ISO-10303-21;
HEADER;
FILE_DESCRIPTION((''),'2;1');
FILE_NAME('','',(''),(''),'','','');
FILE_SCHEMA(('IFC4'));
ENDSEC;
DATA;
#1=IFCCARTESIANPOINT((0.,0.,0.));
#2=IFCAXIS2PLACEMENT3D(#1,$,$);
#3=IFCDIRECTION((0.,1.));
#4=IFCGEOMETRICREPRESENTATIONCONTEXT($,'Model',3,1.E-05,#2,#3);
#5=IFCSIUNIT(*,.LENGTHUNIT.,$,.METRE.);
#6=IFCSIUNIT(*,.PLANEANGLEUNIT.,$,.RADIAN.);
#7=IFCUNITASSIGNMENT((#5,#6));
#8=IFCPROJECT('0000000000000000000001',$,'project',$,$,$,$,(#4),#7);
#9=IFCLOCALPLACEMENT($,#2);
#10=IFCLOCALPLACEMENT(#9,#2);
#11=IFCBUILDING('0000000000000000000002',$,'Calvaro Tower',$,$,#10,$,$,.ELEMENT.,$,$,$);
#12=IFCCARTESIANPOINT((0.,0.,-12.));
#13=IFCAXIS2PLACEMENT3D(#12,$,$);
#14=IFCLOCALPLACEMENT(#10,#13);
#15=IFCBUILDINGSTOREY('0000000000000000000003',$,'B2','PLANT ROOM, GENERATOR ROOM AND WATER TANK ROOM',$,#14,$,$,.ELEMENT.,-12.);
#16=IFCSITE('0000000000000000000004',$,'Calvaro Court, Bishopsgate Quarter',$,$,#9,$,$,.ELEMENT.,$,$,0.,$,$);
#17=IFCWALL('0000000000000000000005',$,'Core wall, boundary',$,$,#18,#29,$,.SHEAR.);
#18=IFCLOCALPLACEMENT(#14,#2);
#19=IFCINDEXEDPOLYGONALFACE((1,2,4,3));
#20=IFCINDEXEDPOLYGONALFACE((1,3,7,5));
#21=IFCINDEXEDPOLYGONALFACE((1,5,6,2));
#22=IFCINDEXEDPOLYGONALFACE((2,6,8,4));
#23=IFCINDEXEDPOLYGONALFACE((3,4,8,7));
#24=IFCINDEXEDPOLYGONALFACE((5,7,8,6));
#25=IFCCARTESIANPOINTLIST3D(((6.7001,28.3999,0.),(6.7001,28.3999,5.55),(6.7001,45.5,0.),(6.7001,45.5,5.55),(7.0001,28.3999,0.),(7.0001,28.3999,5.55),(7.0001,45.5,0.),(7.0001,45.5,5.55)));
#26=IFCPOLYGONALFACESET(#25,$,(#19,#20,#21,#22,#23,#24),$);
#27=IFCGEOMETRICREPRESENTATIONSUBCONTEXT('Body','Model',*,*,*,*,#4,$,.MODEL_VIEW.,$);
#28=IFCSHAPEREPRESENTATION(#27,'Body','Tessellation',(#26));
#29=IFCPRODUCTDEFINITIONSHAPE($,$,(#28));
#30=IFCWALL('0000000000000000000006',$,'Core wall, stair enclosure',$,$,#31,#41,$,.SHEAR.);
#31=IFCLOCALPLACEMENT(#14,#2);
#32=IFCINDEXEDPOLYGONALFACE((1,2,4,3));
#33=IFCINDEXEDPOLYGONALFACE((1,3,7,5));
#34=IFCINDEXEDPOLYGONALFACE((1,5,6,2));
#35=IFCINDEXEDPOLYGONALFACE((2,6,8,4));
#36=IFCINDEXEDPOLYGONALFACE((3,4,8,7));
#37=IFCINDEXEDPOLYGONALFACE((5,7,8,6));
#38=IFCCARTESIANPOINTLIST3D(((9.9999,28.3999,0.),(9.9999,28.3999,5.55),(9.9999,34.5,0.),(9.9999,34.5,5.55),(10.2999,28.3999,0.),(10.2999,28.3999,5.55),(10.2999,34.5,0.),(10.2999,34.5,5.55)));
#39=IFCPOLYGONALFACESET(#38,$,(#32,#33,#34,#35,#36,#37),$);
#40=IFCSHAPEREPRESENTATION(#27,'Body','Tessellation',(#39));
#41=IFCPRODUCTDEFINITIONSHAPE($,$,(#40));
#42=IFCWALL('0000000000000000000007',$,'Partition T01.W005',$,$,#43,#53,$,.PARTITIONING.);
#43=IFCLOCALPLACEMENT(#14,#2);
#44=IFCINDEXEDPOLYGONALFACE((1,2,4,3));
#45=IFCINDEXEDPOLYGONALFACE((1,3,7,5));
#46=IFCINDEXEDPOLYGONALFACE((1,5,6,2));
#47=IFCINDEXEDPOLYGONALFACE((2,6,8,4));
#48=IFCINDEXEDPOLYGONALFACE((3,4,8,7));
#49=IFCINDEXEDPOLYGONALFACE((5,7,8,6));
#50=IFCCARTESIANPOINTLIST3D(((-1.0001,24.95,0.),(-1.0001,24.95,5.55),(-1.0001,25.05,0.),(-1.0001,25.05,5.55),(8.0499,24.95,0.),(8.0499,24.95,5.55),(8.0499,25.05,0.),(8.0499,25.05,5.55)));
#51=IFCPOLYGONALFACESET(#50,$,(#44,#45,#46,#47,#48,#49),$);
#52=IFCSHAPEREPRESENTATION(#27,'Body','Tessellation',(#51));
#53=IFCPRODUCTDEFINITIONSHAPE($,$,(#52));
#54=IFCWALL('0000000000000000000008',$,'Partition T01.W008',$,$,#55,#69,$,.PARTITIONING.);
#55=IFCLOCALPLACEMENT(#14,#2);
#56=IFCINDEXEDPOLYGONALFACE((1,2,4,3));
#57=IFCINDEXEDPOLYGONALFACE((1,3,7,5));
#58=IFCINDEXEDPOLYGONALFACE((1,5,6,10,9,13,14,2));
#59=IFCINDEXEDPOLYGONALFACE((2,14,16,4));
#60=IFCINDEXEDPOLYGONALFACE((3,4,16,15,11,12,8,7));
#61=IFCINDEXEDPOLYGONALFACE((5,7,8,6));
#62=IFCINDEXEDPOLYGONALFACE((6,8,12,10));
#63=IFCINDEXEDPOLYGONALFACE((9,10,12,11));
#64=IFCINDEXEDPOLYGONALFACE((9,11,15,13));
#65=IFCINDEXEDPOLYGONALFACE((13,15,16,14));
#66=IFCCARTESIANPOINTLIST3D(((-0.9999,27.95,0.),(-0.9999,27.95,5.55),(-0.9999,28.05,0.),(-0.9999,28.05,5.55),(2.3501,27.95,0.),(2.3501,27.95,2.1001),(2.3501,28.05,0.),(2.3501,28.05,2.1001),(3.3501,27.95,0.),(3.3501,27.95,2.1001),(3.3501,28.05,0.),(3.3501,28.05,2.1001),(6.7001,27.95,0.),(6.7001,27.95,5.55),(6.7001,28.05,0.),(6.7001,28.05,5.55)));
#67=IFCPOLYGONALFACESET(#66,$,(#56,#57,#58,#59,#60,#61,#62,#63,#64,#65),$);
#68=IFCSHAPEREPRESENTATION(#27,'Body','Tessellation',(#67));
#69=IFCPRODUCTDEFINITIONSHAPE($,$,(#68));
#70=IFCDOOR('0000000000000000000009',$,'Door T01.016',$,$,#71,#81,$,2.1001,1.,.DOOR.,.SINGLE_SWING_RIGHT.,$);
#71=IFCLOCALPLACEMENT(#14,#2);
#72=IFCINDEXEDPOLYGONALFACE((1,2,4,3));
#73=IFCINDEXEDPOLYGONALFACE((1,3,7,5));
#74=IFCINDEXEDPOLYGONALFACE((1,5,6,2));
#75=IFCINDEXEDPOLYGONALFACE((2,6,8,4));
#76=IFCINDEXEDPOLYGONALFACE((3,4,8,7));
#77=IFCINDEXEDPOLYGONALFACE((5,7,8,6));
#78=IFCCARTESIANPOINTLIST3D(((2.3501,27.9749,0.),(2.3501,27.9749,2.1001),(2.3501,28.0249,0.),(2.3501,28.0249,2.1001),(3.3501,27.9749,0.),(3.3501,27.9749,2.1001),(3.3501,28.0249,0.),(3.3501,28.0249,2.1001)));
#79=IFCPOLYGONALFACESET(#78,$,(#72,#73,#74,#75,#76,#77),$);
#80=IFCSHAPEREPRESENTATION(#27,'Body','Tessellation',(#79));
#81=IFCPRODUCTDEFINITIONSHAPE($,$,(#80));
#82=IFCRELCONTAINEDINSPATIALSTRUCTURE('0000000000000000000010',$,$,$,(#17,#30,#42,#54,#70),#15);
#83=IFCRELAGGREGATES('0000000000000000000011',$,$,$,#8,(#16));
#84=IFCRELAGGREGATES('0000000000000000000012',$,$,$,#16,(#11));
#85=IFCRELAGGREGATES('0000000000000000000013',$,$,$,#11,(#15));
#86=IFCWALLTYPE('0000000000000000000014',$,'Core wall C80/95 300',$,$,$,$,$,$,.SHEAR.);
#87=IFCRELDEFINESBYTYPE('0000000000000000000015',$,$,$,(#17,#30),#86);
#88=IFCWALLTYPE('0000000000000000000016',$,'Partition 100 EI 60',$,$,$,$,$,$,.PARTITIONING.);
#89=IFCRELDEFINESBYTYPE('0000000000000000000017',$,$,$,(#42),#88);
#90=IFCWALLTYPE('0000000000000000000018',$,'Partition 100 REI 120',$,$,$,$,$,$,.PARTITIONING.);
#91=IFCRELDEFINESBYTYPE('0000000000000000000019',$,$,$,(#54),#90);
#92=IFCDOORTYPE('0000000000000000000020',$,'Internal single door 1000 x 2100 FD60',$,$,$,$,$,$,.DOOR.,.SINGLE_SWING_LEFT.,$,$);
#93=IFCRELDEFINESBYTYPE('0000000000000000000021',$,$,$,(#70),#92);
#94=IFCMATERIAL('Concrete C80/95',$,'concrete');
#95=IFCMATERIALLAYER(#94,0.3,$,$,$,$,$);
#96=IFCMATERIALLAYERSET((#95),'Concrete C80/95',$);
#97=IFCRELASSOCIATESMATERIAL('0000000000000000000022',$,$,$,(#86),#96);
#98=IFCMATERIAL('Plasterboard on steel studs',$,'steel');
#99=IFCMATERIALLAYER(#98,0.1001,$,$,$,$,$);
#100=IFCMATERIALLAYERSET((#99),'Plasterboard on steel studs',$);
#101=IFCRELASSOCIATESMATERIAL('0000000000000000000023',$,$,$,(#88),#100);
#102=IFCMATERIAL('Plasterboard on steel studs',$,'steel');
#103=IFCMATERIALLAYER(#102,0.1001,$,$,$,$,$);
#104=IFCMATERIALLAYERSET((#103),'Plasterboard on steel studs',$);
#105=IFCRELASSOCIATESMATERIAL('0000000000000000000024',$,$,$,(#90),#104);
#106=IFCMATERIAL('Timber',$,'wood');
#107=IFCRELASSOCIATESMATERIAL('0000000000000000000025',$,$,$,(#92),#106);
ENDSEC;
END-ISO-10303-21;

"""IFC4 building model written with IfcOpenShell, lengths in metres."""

from ifc_helpers import new_model, si_unit, direction, frame, frame_2d, origin, place, context, subcontext, project, spatial, rectangle, extrude, material, layer, layer_set, type_object, element, fill, save


model = new_model("IFC4")

# Units and contexts
model_context = context("Model", 3, precision=1e-05, world=origin(), true_north=direction((0.0, 1.0)))
body_context = subcontext(model_context, "Body", "Model", "MODEL_VIEW")
ifc_project = project(units=[si_unit("LENGTHUNIT", "METRE"), si_unit("PLANEANGLEUNIT", "RADIAN")], contexts=[model_context])

# Site, building, storey
site_placement = place(None, origin())
site = spatial("IfcSite", under=ifc_project, at=site_placement, Name="Calvaro Court, Bishopsgate Quarter", CompositionType="ELEMENT", RefElevation=0.0)
building_placement = place(site_placement, origin())
building = spatial("IfcBuilding", under=site, at=building_placement, Name="Calvaro Tower", CompositionType="ELEMENT")
storey_placement = place(building_placement, frame((0.0, 0.0, -12.0)))
storey = spatial("IfcBuildingStorey", under=building, at=storey_placement, Name="B2", Description="PLANT ROOM, GENERATOR ROOM AND WATER TANK ROOM", CompositionType="ELEMENT", Elevation=-12.0)

# Walls
ifc_material_1 = material(Name="Concrete C80/95", Category="concrete")
ifc_layer_1 = layer(ifc_material_1, 0.3)
ifc_layer_set_1 = layer_set([ifc_layer_1], Name="Concrete C80/95")
wall_type_1 = type_object("IfcWallType", Name="Core wall C80/95 300", PredefinedType="SHEAR", material=ifc_layer_set_1)
wall_1_placement = place(storey_placement, frame((6.8501, 28.3999, 0.0), z_axis=(0.0, 0.0, 1.0), x_axis=(0.0, 1.0, 0.0)))
element("IfcWall", 1, at=wall_1_placement, inside=storey, type_object=wall_type_1, Name="Core wall, boundary", PredefinedType="SHEAR", context=body_context, shape_type="SweptSolid", body=[
    extrude(rectangle(XDim=17.1001, YDim=0.3, at=frame_2d((8.55, 0.0))), origin(), (0.0, 0.0, 1.0), 5.55),
])
wall_2_placement = place(storey_placement, frame((10.1499, 28.3999, 0.0), z_axis=(0.0, 0.0, 1.0), x_axis=(0.0, 1.0, 0.0)))
element("IfcWall", 2, at=wall_2_placement, inside=storey, type_object=wall_type_1, Name="Core wall, stair enclosure", PredefinedType="SHEAR", context=body_context, shape_type="SweptSolid", body=[
    extrude(rectangle(XDim=6.1001, YDim=0.3, at=frame_2d((3.05, 0.0))), origin(), (0.0, 0.0, 1.0), 5.55),
])

# Wall
ifc_material_2 = material(Name="Plasterboard on steel studs", Category="steel")
ifc_layer_2 = layer(ifc_material_2, 0.1001)
ifc_layer_set_2 = layer_set([ifc_layer_2], Name="Plasterboard on steel studs")
wall_type_2 = type_object("IfcWallType", Name="Partition 100 EI 60", PredefinedType="PARTITIONING", material=ifc_layer_set_2)
wall_3_placement = place(storey_placement, frame((-1.0, 25.0, 0.0), z_axis=(0.0, 0.0, 1.0), x_axis=(1.0, 0.0, 0.0)))
element("IfcWall", 3, at=wall_3_placement, inside=storey, type_object=wall_type_2, Name="Partition T01.W005", PredefinedType="PARTITIONING", context=body_context, shape_type="SweptSolid", body=[
    extrude(rectangle(XDim=9.05, YDim=0.1001, at=frame_2d((4.5249, 0.0))), origin(), (0.0, 0.0, 1.0), 5.55),
])

# Wall, opening, door
ifc_material_3 = material(Name="Plasterboard on steel studs", Category="steel")
ifc_layer_3 = layer(ifc_material_3, 0.1001)
ifc_layer_set_3 = layer_set([ifc_layer_3], Name="Plasterboard on steel studs")
wall_type_3 = type_object("IfcWallType", Name="Partition 100 REI 120", PredefinedType="PARTITIONING", material=ifc_layer_set_3)
wall_4_placement = place(storey_placement, frame((-1.0, 28.0, 0.0), z_axis=(0.0, 0.0, 1.0), x_axis=(1.0, 0.0, 0.0)))
wall_4 = element("IfcWall", 4, at=wall_4_placement, inside=storey, type_object=wall_type_3, Name="Partition T01.W008", PredefinedType="PARTITIONING", context=body_context, shape_type="SweptSolid", body=[
    extrude(rectangle(XDim=7.7, YDim=0.1001, at=frame_2d((3.8501, 0.0))), origin(), (0.0, 0.0, 1.0), 5.55),
])
opening_1_placement = place(wall_4_placement, frame((3.3501, 0.0, 0.0)))
opening_1 = element("IfcOpeningElement", 5, at=opening_1_placement, cuts=wall_4, PredefinedType="OPENING", context=body_context, shape_type="SweptSolid", body=[
    extrude(rectangle(XDim=1.0, YDim=2.1001, at=frame_2d((0.5, 1.05))), frame((0.0, 0.0601, 0.0), z_axis=(0.0, -1.0, 0.0), x_axis=(1.0, 0.0, 0.0)), (0.0, 0.0, 1.0), 0.1201),
])
ifc_material_4 = material(Name="Timber", Category="wood")
door_type_1 = type_object("IfcDoorType", Name="Internal single door 1000 x 2100 FD60", OperationType="SINGLE_SWING_LEFT", PredefinedType="DOOR", material=ifc_material_4)
door_1_placement = place(opening_1_placement, origin())
door_1 = element("IfcDoor", 6, at=door_1_placement, inside=storey, type_object=door_type_1, Name="Door T01.016", OperationType="SINGLE_SWING_RIGHT", OverallHeight=2.1001, OverallWidth=1.0, PredefinedType="DOOR", context=body_context, shape_type="SweptSolid", body=[
    extrude(rectangle(XDim=1.0, YDim=2.1001, at=frame_2d((0.5, 1.05))), frame((0.0, 0.0249, 0.0), z_axis=(0.0, -1.0, 0.0), x_axis=(1.0, 0.0, 0.0)), (0.0, 0.0, 1.0), 0.05),
])
fill(opening_1, door_1)

save(model, "model.ifc")
